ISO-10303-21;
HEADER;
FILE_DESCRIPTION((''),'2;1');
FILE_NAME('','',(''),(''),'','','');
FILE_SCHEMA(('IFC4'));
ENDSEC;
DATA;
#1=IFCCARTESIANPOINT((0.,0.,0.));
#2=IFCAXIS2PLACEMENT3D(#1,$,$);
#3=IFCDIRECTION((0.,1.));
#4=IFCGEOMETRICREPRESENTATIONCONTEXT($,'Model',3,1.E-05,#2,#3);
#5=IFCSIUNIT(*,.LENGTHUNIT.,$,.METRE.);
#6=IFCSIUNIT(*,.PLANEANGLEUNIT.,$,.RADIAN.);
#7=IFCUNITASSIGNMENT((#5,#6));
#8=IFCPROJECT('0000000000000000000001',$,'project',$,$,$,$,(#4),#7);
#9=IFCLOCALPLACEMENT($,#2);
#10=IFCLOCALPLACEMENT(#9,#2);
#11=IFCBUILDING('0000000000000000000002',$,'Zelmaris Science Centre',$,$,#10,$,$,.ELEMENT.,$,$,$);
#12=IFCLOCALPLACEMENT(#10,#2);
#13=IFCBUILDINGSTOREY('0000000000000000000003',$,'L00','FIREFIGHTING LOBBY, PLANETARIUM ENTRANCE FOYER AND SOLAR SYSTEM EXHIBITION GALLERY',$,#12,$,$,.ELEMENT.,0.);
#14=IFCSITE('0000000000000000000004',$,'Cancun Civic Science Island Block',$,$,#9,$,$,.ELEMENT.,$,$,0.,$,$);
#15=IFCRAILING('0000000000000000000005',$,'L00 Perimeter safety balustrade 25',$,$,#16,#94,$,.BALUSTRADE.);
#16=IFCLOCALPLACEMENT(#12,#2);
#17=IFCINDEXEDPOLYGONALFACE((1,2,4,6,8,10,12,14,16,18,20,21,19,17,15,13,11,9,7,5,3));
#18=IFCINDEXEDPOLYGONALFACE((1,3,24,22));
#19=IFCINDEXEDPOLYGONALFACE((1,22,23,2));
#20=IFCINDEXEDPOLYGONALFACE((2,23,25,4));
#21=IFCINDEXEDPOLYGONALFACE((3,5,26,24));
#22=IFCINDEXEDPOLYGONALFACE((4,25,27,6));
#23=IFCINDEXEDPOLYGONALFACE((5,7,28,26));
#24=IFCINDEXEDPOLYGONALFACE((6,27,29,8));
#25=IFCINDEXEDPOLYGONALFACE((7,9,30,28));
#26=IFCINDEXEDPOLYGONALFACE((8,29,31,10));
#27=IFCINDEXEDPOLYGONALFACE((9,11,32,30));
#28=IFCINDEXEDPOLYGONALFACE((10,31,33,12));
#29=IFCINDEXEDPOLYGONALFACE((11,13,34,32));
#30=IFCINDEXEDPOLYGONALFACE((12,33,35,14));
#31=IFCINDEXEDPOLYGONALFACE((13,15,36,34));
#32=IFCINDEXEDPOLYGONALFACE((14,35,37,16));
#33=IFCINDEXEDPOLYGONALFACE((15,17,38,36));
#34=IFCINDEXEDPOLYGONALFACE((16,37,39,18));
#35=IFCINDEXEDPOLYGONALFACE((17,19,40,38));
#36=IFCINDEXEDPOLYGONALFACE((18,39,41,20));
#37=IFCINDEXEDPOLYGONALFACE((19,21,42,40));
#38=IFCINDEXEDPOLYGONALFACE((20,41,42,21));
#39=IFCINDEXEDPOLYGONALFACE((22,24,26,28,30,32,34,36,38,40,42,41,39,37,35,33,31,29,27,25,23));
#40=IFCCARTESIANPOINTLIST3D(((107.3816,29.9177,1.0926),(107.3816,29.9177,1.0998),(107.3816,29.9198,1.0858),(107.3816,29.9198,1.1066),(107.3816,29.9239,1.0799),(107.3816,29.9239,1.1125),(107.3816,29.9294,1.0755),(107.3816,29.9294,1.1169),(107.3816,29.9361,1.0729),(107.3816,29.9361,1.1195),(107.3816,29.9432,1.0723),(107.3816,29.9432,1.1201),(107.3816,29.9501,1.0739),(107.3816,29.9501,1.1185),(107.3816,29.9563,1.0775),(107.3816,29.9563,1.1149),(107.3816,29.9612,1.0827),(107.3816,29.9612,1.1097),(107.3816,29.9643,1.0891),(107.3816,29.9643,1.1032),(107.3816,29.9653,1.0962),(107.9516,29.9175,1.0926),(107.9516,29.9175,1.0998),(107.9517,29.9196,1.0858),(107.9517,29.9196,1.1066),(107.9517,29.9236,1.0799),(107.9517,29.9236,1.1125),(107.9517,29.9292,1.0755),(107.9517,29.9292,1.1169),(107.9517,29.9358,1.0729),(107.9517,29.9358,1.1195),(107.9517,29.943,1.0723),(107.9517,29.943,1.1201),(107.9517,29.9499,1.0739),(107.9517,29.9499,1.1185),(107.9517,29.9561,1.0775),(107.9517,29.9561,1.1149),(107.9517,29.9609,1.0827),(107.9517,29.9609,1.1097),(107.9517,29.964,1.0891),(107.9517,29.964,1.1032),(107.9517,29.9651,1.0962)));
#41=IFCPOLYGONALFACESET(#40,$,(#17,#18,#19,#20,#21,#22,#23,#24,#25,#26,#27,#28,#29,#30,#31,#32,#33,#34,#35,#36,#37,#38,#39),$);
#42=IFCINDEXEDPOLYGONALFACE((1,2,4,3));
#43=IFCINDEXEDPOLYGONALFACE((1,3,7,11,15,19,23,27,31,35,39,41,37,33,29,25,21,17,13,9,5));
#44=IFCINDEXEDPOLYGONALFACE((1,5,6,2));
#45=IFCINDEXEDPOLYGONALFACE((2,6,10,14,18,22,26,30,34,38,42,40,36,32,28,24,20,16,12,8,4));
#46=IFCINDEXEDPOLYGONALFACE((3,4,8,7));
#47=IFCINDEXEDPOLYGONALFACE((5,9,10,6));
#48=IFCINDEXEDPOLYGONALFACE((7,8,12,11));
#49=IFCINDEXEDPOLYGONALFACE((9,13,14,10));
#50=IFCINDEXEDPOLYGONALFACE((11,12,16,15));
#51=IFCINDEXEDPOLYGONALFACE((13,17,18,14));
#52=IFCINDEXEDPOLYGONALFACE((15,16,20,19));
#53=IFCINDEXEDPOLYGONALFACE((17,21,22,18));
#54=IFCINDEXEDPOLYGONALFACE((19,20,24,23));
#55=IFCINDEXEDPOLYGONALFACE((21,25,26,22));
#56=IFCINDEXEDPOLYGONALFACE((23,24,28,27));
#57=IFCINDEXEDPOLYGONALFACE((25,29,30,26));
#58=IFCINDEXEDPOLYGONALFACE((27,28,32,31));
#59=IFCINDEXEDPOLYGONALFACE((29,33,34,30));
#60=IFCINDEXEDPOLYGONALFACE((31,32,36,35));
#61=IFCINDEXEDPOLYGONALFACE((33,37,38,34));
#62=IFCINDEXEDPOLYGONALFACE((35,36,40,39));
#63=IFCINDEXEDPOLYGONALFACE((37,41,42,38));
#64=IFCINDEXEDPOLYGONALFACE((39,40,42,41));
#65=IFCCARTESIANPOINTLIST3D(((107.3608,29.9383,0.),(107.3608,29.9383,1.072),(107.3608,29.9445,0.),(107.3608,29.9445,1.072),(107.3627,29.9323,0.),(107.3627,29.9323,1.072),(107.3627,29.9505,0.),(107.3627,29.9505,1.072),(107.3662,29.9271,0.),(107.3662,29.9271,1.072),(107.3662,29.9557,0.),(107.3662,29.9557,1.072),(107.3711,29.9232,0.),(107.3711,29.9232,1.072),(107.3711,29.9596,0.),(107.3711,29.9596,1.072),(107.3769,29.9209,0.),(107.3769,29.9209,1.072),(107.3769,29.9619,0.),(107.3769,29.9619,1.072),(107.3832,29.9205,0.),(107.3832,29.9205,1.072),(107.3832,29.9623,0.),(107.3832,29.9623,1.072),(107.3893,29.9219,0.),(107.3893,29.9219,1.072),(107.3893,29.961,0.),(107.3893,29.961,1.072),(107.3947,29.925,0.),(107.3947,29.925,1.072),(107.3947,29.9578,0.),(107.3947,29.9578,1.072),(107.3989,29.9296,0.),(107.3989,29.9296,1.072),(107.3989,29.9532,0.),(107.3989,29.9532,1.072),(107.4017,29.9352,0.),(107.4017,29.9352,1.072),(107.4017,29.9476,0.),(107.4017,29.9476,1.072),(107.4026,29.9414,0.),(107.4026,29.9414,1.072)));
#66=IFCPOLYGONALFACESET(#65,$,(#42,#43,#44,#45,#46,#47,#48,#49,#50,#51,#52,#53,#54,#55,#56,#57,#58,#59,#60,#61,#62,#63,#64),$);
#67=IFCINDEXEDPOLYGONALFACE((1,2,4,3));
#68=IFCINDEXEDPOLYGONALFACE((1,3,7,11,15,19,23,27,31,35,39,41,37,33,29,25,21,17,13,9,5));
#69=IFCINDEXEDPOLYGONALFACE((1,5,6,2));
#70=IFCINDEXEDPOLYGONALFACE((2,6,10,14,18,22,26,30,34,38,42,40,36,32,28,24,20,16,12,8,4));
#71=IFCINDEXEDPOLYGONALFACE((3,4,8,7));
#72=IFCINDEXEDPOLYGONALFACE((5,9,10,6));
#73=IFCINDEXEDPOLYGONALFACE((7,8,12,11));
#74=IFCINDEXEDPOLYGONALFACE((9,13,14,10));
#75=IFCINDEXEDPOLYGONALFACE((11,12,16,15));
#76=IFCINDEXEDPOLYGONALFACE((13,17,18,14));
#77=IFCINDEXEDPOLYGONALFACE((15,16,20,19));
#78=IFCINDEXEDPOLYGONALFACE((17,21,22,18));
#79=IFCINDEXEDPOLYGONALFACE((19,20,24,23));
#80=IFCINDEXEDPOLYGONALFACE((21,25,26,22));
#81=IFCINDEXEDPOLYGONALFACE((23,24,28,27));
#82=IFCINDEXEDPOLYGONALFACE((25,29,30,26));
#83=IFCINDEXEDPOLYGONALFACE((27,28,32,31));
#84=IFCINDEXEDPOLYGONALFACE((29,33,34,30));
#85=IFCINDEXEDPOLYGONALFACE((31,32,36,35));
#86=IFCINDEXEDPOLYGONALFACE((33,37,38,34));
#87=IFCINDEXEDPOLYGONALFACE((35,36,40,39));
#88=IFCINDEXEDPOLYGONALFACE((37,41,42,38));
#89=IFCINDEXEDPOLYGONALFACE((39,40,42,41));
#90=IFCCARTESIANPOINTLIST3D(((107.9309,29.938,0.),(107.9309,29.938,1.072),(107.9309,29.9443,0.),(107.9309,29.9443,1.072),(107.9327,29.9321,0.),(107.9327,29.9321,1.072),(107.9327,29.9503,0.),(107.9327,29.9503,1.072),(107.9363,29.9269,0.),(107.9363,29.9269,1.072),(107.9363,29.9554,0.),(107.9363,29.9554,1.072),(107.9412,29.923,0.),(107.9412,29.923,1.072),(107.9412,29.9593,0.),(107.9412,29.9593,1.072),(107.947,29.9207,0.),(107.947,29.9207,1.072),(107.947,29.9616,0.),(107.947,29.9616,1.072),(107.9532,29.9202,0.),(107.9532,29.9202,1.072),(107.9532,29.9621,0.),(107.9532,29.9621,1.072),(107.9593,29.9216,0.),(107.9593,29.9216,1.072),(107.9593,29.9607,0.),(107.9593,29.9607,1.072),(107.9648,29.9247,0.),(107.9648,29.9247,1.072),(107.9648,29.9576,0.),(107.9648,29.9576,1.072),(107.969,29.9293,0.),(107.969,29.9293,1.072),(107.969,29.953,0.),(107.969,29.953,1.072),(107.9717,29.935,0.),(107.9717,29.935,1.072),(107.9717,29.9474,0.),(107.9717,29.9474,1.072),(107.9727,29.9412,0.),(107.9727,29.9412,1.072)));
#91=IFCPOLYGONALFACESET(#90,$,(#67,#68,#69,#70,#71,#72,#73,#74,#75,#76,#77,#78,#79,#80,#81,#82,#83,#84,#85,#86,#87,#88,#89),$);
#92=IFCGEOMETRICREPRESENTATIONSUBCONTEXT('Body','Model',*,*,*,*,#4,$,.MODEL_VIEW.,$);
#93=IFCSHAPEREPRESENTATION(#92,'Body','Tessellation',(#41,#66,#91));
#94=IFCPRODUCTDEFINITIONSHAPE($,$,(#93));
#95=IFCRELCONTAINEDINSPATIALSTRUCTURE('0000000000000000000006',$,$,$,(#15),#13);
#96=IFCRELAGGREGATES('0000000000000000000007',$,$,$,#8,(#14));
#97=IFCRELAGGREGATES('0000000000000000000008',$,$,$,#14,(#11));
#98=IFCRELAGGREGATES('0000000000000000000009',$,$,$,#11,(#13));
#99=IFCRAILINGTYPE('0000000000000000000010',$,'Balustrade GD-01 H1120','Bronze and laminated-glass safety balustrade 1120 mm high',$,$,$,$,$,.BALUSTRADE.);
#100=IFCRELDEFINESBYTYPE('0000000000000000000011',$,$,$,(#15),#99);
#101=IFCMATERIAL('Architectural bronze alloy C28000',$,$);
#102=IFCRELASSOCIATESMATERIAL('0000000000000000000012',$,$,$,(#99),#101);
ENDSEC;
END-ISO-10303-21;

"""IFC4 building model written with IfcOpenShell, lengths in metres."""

from ifc_helpers import new_model, si_unit, direction, frame, origin, origin_2d, place, context, subcontext, project, spatial, circle, extrude, material, type_object, element, save


model = new_model("IFC4")

# Units and contexts
model_context = context("Model", 3, precision=1e-05, world=origin(), true_north=direction((0.0, 1.0)))
body_context = subcontext(model_context, "Body", "Model", "MODEL_VIEW")
ifc_project = project(units=[si_unit("LENGTHUNIT", "METRE"), si_unit("PLANEANGLEUNIT", "RADIAN")], contexts=[model_context])

# Site, building, storey
site_placement = place(None, origin())
site = spatial("IfcSite", under=ifc_project, at=site_placement, Name="Cancun Civic Science Island Block", CompositionType="ELEMENT", RefElevation=0.0)
building_placement = place(site_placement, origin())
building = spatial("IfcBuilding", under=site, at=building_placement, Name="Zelmaris Science Centre", CompositionType="ELEMENT")
storey_placement = place(building_placement, origin())
storey = spatial("IfcBuildingStorey", under=building, at=storey_placement, Name="L00", Description="FIREFIGHTING LOBBY, PLANETARIUM ENTRANCE FOYER AND SOLAR SYSTEM EXHIBITION GALLERY", CompositionType="ELEMENT", Elevation=0.0)

# Railing
ifc_material_1 = material(Name="Architectural bronze alloy C28000")
railing_type = type_object("IfcRailingType", Name="Balustrade GD-01 H1120", Description="Bronze and laminated-glass safety balustrade 1120 mm high", PredefinedType="BALUSTRADE", material=ifc_material_1)
railing_1_placement = place(storey_placement, frame((107.3816, 29.9414, 0.0)))
element("IfcRailing", 1, at=railing_1_placement, inside=storey, type_object=railing_type, Name="L00 Perimeter safety balustrade 25", PredefinedType="BALUSTRADE", context=body_context, shape_type="SweptSolid", body=[
    extrude(circle(Radius=0.0239, at=origin_2d()), frame((0.0, 0.0, 1.0962), z_axis=(1.0, -0.000428, 0.0), x_axis=(0.000428, 1.0, 0.0)), (0.0, 0.0, 1.0), 0.5701),
    extrude(circle(Radius=0.021, at=origin_2d()), origin(), (0.0, 0.0, 1.0), 1.072),
    extrude(circle(Radius=0.021, at=origin_2d()), frame((0.5701, -0.0002, 0.0)), (0.0, 0.0, 1.0), 1.072),
])

save(model, "model.ifc")
